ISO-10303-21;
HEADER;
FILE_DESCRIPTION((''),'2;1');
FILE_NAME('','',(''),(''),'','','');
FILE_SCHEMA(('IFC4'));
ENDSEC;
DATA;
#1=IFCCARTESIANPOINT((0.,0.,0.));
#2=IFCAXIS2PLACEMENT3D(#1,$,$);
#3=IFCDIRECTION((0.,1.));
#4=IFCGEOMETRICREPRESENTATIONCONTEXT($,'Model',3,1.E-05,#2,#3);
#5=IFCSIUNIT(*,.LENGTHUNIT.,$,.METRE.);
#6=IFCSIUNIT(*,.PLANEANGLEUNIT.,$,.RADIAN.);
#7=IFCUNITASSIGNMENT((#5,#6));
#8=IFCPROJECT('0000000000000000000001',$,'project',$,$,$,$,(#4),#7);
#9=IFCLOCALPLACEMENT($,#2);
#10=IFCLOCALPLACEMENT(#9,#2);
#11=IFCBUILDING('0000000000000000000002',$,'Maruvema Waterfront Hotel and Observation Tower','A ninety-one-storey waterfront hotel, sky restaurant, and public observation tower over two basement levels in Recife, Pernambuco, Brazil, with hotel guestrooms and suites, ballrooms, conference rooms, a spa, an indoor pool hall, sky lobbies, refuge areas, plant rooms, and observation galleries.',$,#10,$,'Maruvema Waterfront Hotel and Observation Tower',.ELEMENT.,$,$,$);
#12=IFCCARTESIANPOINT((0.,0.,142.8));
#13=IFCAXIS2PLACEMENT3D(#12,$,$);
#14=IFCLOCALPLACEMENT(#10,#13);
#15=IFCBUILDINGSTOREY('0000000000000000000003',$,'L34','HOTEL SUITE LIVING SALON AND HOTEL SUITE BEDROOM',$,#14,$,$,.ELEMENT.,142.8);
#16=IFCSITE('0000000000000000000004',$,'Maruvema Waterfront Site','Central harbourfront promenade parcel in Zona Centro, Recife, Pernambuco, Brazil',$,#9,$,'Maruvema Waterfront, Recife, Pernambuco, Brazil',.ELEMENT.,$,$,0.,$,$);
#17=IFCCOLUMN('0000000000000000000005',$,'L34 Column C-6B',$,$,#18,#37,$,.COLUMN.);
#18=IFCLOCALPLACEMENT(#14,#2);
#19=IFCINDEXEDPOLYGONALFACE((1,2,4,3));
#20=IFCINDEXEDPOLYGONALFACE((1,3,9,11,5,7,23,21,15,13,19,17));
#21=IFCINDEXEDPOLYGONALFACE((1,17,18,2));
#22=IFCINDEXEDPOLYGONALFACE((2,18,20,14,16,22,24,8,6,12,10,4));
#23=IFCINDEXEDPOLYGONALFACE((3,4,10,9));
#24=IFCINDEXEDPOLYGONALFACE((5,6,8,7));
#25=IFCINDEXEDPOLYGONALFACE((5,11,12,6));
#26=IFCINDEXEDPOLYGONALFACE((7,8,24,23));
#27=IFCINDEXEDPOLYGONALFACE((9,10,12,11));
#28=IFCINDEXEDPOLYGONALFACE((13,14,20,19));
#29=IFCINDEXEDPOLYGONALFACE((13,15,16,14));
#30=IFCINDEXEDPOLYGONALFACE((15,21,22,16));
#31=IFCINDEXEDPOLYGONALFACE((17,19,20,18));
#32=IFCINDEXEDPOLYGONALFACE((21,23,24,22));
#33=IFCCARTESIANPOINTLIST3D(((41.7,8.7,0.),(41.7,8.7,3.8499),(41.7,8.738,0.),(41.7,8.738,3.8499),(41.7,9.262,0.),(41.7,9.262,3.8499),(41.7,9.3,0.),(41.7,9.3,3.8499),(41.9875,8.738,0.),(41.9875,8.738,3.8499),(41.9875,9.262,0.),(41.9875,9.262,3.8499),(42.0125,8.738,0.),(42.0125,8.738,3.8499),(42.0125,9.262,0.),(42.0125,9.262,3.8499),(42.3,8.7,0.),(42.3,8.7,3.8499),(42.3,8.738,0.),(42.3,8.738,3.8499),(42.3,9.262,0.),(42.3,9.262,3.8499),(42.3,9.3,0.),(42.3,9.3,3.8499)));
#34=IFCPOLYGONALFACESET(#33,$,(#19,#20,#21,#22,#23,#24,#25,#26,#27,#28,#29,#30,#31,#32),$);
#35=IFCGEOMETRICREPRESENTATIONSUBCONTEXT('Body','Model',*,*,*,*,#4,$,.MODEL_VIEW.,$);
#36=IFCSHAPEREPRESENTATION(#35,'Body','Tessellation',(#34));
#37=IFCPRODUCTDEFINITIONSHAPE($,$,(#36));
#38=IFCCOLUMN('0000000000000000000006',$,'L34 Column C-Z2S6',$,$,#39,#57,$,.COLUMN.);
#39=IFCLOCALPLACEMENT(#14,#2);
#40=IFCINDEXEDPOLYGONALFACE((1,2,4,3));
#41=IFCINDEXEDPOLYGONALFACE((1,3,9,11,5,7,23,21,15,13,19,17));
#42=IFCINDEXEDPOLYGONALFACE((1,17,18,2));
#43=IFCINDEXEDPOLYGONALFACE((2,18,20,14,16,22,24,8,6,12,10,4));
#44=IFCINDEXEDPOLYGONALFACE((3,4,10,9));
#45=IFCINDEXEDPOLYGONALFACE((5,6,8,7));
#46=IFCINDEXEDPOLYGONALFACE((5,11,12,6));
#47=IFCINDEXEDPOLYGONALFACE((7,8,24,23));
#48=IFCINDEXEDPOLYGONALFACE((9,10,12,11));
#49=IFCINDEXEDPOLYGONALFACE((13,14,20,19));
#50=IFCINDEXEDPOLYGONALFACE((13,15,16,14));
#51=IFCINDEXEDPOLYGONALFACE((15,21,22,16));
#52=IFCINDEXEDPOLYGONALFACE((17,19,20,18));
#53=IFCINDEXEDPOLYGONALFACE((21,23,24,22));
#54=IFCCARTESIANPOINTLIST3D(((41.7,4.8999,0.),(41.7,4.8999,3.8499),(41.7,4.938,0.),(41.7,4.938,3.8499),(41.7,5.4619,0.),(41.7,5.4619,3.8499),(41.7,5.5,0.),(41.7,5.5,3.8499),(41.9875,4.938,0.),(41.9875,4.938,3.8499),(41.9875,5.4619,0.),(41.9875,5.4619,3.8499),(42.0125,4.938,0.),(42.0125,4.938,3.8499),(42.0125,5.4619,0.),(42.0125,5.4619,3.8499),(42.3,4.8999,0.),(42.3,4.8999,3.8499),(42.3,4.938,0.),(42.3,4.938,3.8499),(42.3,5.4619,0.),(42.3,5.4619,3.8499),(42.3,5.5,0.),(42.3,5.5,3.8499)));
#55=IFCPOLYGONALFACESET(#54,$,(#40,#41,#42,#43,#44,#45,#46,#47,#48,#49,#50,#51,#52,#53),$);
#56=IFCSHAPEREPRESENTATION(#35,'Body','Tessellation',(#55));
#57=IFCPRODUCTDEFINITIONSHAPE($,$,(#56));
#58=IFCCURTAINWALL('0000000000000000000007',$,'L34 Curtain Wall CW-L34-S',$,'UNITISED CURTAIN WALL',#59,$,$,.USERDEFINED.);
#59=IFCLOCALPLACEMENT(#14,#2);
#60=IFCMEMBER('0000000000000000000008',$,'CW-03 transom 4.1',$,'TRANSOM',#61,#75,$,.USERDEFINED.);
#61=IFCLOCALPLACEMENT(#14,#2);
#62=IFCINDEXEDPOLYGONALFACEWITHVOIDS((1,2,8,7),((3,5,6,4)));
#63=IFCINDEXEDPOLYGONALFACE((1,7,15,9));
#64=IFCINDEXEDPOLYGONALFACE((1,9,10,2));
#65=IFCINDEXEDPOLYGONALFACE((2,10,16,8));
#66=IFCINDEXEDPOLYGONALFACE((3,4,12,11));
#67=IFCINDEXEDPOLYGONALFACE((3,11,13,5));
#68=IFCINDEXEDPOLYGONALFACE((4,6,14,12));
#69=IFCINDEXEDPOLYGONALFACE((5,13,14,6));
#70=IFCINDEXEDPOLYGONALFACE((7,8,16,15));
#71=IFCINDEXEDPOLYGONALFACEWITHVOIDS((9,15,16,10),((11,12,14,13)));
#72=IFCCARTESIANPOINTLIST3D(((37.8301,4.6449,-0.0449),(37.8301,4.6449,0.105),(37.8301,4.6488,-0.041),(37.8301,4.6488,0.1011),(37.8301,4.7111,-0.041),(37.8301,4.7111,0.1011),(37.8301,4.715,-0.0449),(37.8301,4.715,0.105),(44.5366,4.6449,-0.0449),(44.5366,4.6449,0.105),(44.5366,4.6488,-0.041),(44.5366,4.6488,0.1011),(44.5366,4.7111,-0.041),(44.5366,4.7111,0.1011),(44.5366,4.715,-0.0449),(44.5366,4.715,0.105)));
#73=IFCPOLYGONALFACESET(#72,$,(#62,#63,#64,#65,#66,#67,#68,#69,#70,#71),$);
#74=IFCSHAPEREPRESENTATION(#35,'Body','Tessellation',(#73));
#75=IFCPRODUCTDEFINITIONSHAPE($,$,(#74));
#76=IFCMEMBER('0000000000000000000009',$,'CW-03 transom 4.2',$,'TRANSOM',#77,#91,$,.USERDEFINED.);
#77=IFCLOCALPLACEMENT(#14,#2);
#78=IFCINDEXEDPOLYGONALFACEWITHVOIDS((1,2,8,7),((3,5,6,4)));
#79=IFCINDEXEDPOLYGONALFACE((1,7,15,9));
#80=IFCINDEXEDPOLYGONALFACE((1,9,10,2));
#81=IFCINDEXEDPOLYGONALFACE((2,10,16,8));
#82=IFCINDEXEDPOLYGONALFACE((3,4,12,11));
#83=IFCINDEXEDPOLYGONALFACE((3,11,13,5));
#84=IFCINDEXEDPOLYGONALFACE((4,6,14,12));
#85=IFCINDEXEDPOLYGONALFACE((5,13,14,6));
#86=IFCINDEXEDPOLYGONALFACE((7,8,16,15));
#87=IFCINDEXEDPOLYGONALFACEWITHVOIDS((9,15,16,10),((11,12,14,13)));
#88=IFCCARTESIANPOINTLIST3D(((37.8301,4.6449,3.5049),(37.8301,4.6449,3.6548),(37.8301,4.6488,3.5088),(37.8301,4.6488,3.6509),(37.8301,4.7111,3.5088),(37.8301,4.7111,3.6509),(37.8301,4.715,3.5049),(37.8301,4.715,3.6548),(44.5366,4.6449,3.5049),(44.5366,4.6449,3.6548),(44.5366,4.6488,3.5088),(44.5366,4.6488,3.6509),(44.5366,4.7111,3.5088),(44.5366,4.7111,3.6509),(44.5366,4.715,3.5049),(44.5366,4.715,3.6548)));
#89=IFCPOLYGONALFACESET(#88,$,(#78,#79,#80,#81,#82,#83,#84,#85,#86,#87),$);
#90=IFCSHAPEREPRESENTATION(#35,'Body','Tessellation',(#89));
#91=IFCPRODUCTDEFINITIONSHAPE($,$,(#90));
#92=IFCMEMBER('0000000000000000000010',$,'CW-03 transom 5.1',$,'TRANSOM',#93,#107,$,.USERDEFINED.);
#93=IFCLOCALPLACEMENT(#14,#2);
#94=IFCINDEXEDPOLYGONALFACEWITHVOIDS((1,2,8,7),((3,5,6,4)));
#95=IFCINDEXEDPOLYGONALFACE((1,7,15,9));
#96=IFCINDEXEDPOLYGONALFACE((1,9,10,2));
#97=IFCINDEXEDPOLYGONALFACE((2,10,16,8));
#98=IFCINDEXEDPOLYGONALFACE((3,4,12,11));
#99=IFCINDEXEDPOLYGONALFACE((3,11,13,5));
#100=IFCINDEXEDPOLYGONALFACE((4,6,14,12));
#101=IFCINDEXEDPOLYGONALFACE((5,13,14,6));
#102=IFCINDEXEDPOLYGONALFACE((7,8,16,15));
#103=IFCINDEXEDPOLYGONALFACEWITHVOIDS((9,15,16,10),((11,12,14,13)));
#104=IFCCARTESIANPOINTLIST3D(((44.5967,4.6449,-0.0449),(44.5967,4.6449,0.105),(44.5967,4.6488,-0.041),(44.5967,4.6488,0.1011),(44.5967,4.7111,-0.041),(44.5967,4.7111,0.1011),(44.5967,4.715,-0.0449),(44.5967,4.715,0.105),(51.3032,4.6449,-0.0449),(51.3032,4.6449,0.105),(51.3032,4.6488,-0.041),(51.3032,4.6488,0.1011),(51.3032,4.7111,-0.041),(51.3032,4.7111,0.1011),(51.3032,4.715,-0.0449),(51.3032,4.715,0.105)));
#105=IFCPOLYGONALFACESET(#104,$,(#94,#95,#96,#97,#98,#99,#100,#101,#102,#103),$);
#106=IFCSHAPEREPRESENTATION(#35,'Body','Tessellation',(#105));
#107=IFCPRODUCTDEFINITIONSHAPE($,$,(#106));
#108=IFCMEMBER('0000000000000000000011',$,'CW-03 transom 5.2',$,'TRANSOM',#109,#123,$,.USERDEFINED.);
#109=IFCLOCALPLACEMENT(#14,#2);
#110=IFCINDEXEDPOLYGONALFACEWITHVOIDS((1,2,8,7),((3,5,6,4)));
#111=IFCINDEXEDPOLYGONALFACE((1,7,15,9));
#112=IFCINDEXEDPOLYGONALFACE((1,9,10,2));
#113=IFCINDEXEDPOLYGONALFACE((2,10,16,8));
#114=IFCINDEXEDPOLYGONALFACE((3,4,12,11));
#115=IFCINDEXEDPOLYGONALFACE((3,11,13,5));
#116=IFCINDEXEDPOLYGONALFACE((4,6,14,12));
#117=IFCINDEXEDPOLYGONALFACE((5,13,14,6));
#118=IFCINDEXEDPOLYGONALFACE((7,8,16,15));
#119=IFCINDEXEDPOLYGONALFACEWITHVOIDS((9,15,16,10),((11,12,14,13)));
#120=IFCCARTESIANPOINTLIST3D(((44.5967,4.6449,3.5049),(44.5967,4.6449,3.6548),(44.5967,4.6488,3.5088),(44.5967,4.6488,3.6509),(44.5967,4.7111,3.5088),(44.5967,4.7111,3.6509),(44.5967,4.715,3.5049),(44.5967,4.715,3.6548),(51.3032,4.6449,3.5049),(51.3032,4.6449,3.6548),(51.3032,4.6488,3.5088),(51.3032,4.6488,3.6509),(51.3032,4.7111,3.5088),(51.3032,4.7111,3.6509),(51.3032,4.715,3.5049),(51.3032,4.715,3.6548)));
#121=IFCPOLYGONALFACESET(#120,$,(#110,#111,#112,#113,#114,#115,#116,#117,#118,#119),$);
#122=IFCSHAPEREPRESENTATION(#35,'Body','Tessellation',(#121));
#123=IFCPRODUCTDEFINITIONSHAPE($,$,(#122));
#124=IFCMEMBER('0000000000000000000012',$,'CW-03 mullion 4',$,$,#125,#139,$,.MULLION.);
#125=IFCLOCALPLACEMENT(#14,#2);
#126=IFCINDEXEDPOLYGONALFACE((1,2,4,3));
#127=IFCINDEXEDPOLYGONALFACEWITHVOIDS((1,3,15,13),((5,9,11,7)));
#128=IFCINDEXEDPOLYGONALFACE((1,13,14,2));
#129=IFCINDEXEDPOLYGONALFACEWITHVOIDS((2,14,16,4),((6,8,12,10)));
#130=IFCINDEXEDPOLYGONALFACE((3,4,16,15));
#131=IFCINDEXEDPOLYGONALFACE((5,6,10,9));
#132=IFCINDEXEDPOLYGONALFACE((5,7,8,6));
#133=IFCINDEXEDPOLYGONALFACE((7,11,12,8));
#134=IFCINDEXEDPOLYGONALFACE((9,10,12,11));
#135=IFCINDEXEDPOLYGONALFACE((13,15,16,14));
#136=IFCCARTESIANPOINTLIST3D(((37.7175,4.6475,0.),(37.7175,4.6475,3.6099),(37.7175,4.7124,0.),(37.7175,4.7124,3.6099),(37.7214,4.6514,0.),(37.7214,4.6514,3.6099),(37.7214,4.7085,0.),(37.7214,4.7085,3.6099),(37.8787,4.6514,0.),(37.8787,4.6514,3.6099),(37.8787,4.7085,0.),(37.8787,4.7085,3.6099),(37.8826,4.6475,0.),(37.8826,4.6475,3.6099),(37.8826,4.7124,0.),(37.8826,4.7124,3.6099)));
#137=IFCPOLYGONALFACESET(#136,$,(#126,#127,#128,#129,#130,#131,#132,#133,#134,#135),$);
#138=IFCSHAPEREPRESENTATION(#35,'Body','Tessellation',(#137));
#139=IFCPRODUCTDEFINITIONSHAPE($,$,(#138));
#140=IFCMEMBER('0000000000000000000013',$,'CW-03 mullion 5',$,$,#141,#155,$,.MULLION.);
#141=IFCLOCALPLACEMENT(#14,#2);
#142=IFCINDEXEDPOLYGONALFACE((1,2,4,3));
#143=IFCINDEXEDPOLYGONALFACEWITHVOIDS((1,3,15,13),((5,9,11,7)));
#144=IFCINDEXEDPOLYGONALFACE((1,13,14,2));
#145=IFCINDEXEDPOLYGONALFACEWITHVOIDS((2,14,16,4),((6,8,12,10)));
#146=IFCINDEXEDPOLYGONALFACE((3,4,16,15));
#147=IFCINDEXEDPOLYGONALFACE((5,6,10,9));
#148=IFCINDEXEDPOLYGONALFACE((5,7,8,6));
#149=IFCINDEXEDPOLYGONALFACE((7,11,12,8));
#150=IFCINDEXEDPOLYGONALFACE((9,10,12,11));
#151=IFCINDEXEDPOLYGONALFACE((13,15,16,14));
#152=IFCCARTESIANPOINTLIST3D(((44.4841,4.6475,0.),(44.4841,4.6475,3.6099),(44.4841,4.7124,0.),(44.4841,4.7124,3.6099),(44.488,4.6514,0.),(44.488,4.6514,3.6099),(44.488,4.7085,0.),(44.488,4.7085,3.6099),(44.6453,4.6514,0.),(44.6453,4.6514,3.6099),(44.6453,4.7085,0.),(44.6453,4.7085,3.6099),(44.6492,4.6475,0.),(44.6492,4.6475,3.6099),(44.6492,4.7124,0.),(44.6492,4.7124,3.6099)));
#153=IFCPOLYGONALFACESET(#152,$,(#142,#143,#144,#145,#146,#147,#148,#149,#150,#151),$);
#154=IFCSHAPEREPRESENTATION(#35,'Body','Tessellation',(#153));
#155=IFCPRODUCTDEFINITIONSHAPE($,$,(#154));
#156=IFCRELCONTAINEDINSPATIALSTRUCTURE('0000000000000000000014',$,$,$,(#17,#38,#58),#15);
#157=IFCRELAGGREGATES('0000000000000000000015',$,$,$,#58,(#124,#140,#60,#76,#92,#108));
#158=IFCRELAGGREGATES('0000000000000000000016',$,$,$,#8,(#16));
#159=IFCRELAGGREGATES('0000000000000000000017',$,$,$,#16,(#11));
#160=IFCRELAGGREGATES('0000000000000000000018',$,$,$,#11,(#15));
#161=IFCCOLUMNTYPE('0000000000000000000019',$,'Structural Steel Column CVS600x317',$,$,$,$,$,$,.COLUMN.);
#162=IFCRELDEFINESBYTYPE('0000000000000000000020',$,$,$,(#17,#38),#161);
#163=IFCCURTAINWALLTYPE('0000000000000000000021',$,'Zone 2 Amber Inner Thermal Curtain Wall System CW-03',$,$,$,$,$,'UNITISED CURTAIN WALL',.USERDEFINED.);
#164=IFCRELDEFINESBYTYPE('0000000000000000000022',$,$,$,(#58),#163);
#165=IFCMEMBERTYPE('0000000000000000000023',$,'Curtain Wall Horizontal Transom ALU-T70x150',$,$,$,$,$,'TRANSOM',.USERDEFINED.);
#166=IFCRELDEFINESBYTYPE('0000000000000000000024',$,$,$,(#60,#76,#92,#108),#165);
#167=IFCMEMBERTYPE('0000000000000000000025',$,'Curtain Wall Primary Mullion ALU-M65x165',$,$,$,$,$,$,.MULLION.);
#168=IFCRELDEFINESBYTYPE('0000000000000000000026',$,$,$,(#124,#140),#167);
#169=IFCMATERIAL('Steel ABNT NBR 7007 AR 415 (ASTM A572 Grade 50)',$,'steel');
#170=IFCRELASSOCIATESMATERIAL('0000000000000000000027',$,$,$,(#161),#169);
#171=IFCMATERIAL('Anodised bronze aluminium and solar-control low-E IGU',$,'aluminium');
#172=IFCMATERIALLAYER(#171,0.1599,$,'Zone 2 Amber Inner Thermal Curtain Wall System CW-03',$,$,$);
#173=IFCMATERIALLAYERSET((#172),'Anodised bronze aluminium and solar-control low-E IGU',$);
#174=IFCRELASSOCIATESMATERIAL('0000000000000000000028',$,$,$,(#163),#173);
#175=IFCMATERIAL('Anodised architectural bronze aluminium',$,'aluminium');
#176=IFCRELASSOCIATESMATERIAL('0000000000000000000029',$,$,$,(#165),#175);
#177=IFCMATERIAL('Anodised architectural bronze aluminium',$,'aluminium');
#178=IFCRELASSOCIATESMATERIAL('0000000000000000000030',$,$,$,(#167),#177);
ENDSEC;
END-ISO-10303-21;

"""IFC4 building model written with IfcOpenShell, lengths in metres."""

from ifc_helpers import new_model, si_unit, direction, frame, origin, origin_2d, place, context, subcontext, project, spatial, hollow_rectangle, i_section, extrude, material, layer, layer_set, material_profile, profile_set, type_object, element, aggregate, save


model = new_model("IFC4")

# Units and contexts
model_context = context("Model", 3, precision=1e-05, world=origin(), true_north=direction((0.0, 1.0)))
body_context = subcontext(model_context, "Body", "Model", "MODEL_VIEW")
ifc_project = project(units=[si_unit("LENGTHUNIT", "METRE"), si_unit("PLANEANGLEUNIT", "RADIAN")], contexts=[model_context])

# Site, building, storey
site_placement = place(None, origin())
site = spatial("IfcSite", under=ifc_project, at=site_placement, Name="Maruvema Waterfront Site", Description="Central harbourfront promenade parcel in Zona Centro, Recife, Pernambuco, Brazil", LongName="Maruvema Waterfront, Recife, Pernambuco, Brazil", CompositionType="ELEMENT", RefElevation=0.0)
building_placement = place(site_placement, origin())
building = spatial("IfcBuilding", under=site, at=building_placement, Name="Maruvema Waterfront Hotel and Observation Tower", Description="A ninety-one-storey waterfront hotel, sky restaurant, and public observation tower over two basement levels in Recife, Pernambuco, Brazil, with hotel guestrooms and suites, ballrooms, conference rooms, a spa, an indoor pool hall, sky lobbies, refuge areas, plant rooms, and observation galleries.", LongName="Maruvema Waterfront Hotel and Observation Tower", CompositionType="ELEMENT")
storey_placement = place(building_placement, frame((0.0, 0.0, 142.8)))
storey = spatial("IfcBuildingStorey", under=building, at=storey_placement, Name="L34", Description="HOTEL SUITE LIVING SALON AND HOTEL SUITE BEDROOM", CompositionType="ELEMENT", Elevation=142.8)

# Columns
ifc_material_1 = material(Name="Steel ABNT NBR 7007 AR 415 (ASTM A572 Grade 50)", Category="steel")
ifc_material_profile_1 = material_profile(ifc_material_1, i_section(OverallWidth=0.6001, OverallDepth=0.6001, WebThickness=0.0249, FlangeThickness=0.0381, at=origin_2d()), Name="CVS600x317")
ifc_profile_set_1 = profile_set([ifc_material_profile_1], Name="Steel ABNT NBR 7007 AR 415 (ASTM A572 Grade 50)")
column_type = type_object("IfcColumnType", Name="Structural Steel Column CVS600x317", PredefinedType="COLUMN", material=ifc_profile_set_1)
for number, where, z_axis, x_axis, name in (
    (1, (42.0, 9.0, 0.0), (0.0, 0.0, 1.0), (1.0, 0.0, 0.0), "L34 Column C-6B"),
    (2, (42.0, 5.2, 0.0), (0.0, 0.0, 1.0), (1.0, 0.0, 0.0), "L34 Column C-Z2S6"),
):
    element("IfcColumn", number, at=place(storey_placement, frame(where, z_axis=z_axis, x_axis=x_axis)), inside=storey, type_object=column_type, Name=name, PredefinedType="COLUMN", context=body_context, shape_type="SweptSolid", body=[
        extrude(i_section(OverallWidth=0.6001, OverallDepth=0.6001, WebThickness=0.0249, FlangeThickness=0.0381, at=origin_2d()), origin(), (0.0, 0.0, 1.0), 3.8499),
    ])

# Curtain wall, members
ifc_material_2 = material(Name="Anodised bronze aluminium and solar-control low-E IGU", Category="aluminium")
ifc_layer_1 = layer(ifc_material_2, 0.1599, Name="Zone 2 Amber Inner Thermal Curtain Wall System CW-03")
ifc_layer_set_1 = layer_set([ifc_layer_1], Name="Anodised bronze aluminium and solar-control low-E IGU")
curtain_wall_type = type_object("IfcCurtainWallType", Name="Zone 2 Amber Inner Thermal Curtain Wall System CW-03", ElementType="UNITISED CURTAIN WALL", PredefinedType="USERDEFINED", material=ifc_layer_set_1)
curtain_wall_placement = place(storey_placement, origin())
curtain_wall = element("IfcCurtainWall", 3, at=curtain_wall_placement, inside=storey, type_object=curtain_wall_type, Name="L34 Curtain Wall CW-L34-S", ObjectType="UNITISED CURTAIN WALL", PredefinedType="USERDEFINED")
ifc_material_3 = material(Name="Anodised architectural bronze aluminium", Category="aluminium")
ifc_material_profile_2 = material_profile(ifc_material_3, hollow_rectangle(XDim=0.0701, YDim=0.1499, WallThickness=0.0039, at=origin_2d()), Name="ALU-T70x150")
ifc_profile_set_2 = profile_set([ifc_material_profile_2], Name="Anodised architectural bronze aluminium")
member_type_1 = type_object("IfcMemberType", Name="Curtain Wall Horizontal Transom ALU-T70x150", ElementType="TRANSOM", PredefinedType="USERDEFINED", material=ifc_profile_set_2)
member_1_placement = place(storey_placement, frame((37.8301, 4.6799, 0.03), z_axis=(1.0, 0.0, 0.0), x_axis=(0.0, 1.0, 0.0)))
member_1 = element("IfcMember", 4, at=member_1_placement, type_object=member_type_1, Name="CW-03 transom 4.1", ObjectType="TRANSOM", PredefinedType="USERDEFINED", context=body_context, shape_type="SweptSolid", body=[
    extrude(hollow_rectangle(XDim=0.0701, YDim=0.1499, WallThickness=0.0039, at=origin_2d()), origin(), (0.0, 0.0, 1.0), 6.7065),
])
member_2_placement = place(storey_placement, frame((37.8301, 4.6799, 3.5798), z_axis=(1.0, 0.0, 0.0), x_axis=(0.0, 1.0, 0.0)))
member_2 = element("IfcMember", 5, at=member_2_placement, type_object=member_type_1, Name="CW-03 transom 4.2", ObjectType="TRANSOM", PredefinedType="USERDEFINED", context=body_context, shape_type="SweptSolid", body=[
    extrude(hollow_rectangle(XDim=0.0701, YDim=0.1499, WallThickness=0.0039, at=origin_2d()), origin(), (0.0, 0.0, 1.0), 6.7065),
])
member_3_placement = place(storey_placement, frame((44.5967, 4.6799, 0.03), z_axis=(1.0, 0.0, 0.0), x_axis=(0.0, 1.0, 0.0)))
member_3 = element("IfcMember", 6, at=member_3_placement, type_object=member_type_1, Name="CW-03 transom 5.1", ObjectType="TRANSOM", PredefinedType="USERDEFINED", context=body_context, shape_type="SweptSolid", body=[
    extrude(hollow_rectangle(XDim=0.0701, YDim=0.1499, WallThickness=0.0039, at=origin_2d()), origin(), (0.0, 0.0, 1.0), 6.7065),
])
member_4_placement = place(storey_placement, frame((44.5967, 4.6799, 3.5798), z_axis=(1.0, 0.0, 0.0), x_axis=(0.0, 1.0, 0.0)))
member_4 = element("IfcMember", 7, at=member_4_placement, type_object=member_type_1, Name="CW-03 transom 5.2", ObjectType="TRANSOM", PredefinedType="USERDEFINED", context=body_context, shape_type="SweptSolid", body=[
    extrude(hollow_rectangle(XDim=0.0701, YDim=0.1499, WallThickness=0.0039, at=origin_2d()), origin(), (0.0, 0.0, 1.0), 6.7065),
])
ifc_material_4 = material(Name="Anodised architectural bronze aluminium", Category="aluminium")
ifc_material_profile_3 = material_profile(ifc_material_4, hollow_rectangle(XDim=0.0649, YDim=0.165, WallThickness=0.0039, at=origin_2d()), Name="ALU-M65x165")
ifc_profile_set_3 = profile_set([ifc_material_profile_3], Name="Anodised architectural bronze aluminium")
member_type_2 = type_object("IfcMemberType", Name="Curtain Wall Primary Mullion ALU-M65x165", PredefinedType="MULLION", material=ifc_profile_set_3)
member_5_placement = place(storey_placement, frame((37.8, 4.6799, 0.0), z_axis=(0.0, 0.0, 1.0), x_axis=(0.0, 1.0, 0.0)))
member_5 = element("IfcMember", 8, at=member_5_placement, type_object=member_type_2, Name="CW-03 mullion 4", PredefinedType="MULLION", context=body_context, shape_type="SweptSolid", body=[
    extrude(hollow_rectangle(XDim=0.0649, YDim=0.165, WallThickness=0.0039, at=origin_2d()), origin(), (0.0, 0.0, 1.0), 3.6099),
])
member_6_placement = place(storey_placement, frame((44.5667, 4.6799, 0.0), z_axis=(0.0, 0.0, 1.0), x_axis=(0.0, 1.0, 0.0)))
member_6 = element("IfcMember", 9, at=member_6_placement, type_object=member_type_2, Name="CW-03 mullion 5", PredefinedType="MULLION", context=body_context, shape_type="SweptSolid", body=[
    extrude(hollow_rectangle(XDim=0.0649, YDim=0.165, WallThickness=0.0039, at=origin_2d()), origin(), (0.0, 0.0, 1.0), 3.6099),
])

aggregate(curtain_wall, [member_5, member_6, member_1, member_2, member_3, member_4])

save(model, "model.ifc")
